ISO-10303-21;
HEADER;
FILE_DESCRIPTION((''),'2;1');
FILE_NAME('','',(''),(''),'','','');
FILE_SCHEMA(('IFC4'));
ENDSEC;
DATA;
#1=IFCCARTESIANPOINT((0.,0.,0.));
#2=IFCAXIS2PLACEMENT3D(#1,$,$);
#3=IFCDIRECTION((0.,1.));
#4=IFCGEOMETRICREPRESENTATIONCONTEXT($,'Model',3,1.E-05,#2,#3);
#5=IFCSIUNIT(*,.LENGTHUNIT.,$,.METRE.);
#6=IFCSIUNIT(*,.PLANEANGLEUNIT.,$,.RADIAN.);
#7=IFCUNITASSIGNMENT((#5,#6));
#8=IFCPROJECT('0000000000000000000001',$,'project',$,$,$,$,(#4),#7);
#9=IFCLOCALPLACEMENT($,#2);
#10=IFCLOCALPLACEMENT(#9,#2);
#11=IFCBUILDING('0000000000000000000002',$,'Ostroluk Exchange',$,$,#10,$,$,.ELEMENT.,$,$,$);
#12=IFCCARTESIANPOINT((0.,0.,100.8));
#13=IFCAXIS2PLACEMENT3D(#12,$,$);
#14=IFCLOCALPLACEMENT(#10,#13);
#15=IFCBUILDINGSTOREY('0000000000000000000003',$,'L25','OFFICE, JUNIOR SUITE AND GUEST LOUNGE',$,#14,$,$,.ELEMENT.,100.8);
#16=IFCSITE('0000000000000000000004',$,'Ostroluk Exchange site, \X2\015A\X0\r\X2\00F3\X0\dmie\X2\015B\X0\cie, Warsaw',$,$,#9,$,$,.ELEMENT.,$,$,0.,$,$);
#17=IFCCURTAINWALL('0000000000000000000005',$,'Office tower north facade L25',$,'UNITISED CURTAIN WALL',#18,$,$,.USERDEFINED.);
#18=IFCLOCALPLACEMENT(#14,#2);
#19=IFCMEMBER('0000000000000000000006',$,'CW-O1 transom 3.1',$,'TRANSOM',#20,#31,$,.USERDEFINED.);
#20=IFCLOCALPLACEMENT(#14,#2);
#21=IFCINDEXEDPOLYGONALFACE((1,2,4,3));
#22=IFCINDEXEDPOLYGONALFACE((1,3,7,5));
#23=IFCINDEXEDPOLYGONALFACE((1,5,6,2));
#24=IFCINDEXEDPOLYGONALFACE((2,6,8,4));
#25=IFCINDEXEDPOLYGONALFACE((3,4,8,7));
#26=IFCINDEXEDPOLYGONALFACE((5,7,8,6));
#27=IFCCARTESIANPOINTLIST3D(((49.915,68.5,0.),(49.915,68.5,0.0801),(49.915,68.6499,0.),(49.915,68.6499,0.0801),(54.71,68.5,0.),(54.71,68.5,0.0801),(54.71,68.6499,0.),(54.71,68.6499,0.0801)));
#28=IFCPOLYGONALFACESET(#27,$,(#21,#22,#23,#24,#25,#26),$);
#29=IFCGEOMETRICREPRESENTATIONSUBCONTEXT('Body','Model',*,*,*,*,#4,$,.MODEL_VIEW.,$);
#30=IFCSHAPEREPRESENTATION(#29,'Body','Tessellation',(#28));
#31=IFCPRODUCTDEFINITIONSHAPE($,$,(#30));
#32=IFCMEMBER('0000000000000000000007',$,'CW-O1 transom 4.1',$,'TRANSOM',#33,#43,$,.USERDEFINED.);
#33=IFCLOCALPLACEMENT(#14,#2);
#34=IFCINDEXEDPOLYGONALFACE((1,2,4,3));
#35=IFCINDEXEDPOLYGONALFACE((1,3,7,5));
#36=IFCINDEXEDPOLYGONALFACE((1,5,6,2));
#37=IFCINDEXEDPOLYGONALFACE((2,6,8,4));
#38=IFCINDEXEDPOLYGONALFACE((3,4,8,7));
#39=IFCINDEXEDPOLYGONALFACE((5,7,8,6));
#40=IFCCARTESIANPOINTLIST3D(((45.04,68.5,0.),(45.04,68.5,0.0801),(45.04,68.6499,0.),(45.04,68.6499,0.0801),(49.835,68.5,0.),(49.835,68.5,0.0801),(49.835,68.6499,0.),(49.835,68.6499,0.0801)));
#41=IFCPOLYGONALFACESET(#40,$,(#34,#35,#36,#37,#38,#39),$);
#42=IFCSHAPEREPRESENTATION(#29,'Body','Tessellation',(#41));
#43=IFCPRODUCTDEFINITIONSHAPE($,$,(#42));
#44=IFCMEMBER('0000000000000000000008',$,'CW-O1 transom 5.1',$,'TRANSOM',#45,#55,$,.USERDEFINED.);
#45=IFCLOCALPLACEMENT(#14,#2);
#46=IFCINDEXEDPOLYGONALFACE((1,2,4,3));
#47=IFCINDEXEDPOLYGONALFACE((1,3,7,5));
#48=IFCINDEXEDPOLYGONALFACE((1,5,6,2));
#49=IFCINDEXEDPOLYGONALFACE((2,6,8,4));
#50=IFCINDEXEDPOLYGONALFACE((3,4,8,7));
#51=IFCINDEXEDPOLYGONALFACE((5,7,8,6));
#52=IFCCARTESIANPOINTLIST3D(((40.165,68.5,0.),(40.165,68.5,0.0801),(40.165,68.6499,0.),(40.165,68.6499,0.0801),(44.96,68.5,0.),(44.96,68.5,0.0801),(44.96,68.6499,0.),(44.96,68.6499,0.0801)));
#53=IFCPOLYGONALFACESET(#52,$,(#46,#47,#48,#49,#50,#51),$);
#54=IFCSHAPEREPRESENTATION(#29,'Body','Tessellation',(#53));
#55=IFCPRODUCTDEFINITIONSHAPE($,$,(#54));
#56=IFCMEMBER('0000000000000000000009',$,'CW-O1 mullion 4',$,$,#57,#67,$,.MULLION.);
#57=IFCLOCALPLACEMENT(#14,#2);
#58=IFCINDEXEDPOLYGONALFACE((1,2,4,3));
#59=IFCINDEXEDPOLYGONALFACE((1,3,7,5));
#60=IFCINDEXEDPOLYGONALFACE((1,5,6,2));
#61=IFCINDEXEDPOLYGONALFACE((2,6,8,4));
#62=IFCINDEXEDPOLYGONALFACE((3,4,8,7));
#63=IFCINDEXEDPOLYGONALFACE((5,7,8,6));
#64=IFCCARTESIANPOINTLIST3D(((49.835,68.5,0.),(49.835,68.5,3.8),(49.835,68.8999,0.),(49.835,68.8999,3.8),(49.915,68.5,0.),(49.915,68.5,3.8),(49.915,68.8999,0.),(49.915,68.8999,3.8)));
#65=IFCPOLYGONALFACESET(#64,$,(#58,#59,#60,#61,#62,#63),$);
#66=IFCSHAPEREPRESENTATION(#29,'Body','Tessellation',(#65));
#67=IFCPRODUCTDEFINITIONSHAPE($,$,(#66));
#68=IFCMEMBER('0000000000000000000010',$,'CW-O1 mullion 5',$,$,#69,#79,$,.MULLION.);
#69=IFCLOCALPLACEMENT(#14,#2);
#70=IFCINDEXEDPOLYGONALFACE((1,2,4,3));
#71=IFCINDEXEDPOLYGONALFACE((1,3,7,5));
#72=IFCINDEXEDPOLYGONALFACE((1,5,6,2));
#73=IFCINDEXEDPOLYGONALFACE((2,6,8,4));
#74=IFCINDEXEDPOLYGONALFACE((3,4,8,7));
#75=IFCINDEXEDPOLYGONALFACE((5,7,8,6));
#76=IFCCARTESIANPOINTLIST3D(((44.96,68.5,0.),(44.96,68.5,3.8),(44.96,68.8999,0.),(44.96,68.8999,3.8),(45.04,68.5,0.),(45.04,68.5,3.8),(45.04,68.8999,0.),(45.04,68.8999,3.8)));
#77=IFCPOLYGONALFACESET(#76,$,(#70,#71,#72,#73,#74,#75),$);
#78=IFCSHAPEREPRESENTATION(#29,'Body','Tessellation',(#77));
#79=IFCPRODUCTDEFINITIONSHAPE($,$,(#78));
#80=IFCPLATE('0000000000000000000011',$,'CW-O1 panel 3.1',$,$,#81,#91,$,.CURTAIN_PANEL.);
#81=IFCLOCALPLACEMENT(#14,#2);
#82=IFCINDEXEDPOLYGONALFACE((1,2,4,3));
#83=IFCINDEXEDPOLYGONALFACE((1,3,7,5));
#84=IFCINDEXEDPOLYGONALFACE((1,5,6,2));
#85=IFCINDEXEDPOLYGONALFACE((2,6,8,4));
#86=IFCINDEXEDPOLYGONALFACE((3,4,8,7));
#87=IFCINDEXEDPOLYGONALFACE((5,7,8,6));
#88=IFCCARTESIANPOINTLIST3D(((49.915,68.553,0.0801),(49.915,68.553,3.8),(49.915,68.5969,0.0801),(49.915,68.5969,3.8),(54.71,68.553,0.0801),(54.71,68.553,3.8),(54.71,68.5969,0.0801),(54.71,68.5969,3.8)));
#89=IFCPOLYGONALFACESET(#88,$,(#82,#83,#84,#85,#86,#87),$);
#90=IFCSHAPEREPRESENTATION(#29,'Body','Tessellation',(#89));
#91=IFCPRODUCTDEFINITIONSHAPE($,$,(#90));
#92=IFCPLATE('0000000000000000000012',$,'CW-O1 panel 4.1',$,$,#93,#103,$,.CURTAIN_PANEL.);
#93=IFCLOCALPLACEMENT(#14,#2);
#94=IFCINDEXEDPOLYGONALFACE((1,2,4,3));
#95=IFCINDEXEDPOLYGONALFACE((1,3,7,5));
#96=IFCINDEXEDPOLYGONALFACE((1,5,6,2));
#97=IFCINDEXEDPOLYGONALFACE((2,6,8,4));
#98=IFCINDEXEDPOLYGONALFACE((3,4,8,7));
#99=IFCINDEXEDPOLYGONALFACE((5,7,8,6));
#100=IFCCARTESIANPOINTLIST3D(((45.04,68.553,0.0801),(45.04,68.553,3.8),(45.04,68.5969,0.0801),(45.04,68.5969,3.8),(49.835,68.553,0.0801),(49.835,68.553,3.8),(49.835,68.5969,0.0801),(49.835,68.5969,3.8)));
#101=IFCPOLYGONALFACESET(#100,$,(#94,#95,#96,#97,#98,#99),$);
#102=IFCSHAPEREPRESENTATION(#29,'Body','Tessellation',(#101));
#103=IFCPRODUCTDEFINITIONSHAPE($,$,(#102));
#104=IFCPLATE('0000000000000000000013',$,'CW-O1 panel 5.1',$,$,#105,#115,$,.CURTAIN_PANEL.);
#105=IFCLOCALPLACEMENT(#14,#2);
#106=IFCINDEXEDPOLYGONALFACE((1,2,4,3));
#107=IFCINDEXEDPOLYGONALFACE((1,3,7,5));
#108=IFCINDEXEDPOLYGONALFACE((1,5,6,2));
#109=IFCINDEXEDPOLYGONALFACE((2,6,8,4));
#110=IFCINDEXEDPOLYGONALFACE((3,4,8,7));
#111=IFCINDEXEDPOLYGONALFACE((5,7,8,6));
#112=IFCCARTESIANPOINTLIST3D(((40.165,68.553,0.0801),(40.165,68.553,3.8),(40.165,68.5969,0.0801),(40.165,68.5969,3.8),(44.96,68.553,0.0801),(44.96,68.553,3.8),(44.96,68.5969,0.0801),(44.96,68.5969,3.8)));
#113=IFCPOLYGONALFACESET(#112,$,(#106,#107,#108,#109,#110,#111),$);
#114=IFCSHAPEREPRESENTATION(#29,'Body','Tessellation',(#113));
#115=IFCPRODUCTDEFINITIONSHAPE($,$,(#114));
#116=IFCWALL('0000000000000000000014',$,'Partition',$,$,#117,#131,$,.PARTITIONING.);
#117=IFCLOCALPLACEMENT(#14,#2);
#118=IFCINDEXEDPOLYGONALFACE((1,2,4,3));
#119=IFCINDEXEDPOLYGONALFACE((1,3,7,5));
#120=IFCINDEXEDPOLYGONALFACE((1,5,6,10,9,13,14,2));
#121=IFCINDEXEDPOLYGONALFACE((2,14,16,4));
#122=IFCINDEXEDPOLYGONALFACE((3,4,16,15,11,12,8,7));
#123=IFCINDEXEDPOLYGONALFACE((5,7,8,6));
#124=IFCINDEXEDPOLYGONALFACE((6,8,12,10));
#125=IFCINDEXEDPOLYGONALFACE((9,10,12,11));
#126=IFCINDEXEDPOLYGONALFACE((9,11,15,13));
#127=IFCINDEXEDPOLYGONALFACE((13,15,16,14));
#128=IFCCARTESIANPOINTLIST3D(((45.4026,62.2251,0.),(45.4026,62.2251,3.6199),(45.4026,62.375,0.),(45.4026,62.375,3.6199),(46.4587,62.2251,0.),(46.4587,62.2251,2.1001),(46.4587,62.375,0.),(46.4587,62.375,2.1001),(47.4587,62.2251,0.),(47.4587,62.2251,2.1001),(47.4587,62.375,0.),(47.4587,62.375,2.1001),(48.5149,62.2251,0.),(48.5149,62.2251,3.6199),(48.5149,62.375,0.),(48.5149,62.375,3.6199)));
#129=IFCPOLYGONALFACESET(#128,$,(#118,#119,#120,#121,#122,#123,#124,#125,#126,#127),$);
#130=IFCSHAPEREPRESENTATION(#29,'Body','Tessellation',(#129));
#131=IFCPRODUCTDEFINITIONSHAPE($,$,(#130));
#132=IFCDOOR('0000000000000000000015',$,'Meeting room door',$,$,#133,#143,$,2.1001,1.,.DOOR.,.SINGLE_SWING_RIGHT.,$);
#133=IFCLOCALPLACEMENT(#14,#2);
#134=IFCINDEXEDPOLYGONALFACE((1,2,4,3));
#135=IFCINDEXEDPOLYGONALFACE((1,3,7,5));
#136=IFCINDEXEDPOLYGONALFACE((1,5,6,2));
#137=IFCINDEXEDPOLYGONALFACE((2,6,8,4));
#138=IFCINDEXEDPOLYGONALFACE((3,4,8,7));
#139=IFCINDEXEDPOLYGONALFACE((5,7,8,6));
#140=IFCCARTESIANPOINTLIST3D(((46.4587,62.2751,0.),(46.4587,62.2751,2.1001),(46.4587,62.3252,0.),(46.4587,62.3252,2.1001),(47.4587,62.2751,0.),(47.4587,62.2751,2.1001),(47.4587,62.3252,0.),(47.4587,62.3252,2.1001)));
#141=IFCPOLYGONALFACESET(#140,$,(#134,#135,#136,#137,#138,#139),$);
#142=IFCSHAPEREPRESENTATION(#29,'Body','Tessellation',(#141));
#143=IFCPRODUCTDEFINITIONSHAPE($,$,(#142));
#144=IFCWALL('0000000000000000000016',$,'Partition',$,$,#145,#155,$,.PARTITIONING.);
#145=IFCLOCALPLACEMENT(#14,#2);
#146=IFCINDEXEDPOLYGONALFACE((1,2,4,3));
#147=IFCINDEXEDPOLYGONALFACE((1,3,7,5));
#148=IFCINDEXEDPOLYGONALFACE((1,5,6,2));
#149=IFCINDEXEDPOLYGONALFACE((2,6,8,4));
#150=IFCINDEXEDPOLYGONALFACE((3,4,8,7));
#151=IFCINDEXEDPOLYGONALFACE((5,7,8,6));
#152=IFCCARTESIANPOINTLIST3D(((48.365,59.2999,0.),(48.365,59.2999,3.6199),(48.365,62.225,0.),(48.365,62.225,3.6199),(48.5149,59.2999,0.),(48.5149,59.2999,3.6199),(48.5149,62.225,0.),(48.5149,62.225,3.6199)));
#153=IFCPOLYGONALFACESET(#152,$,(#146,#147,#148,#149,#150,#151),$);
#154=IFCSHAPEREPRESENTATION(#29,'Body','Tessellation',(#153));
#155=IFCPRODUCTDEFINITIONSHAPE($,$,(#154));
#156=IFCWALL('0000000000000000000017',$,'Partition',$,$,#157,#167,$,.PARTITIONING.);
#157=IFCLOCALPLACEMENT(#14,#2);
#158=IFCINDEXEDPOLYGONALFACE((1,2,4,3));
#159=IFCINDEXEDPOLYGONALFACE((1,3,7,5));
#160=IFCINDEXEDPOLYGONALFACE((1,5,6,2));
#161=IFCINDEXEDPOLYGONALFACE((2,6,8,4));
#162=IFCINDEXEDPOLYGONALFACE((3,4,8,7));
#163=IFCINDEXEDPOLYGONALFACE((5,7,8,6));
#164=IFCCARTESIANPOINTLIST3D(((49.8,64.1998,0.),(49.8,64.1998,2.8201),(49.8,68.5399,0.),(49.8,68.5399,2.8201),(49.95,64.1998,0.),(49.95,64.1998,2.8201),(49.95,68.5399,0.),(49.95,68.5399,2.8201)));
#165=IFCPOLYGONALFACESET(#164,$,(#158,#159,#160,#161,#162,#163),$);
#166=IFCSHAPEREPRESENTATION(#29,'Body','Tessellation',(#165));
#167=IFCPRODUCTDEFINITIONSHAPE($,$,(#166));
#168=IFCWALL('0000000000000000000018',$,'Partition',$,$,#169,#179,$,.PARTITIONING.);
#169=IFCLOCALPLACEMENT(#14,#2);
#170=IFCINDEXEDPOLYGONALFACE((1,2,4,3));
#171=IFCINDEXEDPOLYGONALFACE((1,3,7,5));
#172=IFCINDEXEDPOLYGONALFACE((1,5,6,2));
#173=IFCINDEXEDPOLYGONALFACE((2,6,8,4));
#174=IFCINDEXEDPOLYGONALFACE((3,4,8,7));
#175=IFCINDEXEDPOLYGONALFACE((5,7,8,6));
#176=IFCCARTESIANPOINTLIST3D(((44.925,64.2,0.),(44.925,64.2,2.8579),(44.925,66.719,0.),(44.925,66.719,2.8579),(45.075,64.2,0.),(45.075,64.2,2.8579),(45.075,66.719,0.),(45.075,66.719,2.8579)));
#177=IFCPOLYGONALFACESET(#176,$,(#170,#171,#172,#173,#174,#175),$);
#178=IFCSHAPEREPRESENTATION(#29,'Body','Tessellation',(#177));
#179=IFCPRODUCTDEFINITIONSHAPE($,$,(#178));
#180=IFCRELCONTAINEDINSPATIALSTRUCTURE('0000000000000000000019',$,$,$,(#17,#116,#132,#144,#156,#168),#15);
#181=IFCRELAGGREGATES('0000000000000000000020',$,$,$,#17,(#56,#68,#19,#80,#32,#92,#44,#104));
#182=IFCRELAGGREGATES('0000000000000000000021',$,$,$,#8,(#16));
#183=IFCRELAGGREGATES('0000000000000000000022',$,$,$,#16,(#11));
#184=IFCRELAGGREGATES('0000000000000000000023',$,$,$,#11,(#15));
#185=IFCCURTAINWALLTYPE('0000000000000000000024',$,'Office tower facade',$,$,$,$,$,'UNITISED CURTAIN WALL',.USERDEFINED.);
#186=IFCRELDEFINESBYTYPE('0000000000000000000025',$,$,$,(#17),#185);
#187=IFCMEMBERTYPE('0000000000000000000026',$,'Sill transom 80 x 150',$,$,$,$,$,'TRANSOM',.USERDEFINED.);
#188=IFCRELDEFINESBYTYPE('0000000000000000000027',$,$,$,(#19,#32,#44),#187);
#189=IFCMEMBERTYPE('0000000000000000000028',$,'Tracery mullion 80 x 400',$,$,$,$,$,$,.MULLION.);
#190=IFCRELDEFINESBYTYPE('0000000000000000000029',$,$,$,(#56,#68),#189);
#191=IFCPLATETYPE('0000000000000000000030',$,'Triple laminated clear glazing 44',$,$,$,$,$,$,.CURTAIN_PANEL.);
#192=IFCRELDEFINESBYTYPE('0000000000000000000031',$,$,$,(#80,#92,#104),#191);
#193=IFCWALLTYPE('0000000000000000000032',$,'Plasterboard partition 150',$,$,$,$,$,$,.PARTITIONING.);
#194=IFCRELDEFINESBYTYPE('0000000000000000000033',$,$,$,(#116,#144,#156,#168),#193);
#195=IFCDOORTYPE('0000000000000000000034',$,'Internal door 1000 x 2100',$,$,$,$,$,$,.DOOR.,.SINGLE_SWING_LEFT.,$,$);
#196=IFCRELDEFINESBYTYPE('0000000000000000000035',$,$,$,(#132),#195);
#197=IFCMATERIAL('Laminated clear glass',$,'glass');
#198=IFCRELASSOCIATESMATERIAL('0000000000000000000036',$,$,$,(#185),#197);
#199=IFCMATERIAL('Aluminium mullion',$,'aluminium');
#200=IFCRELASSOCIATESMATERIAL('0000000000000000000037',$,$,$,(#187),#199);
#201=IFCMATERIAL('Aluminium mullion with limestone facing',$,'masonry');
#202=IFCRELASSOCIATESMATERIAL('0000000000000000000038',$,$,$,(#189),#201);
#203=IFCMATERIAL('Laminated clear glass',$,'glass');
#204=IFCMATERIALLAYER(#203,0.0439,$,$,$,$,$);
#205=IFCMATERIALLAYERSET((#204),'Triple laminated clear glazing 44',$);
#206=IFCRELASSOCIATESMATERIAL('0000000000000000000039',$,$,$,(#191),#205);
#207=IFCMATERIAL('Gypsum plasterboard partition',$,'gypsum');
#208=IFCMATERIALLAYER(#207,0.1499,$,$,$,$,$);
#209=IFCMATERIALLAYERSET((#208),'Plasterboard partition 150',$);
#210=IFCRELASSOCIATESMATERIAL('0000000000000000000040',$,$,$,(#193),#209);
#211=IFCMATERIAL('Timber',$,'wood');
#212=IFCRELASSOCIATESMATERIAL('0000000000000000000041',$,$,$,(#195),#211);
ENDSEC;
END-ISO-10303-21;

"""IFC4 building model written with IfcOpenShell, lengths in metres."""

from ifc_helpers import new_model, si_unit, direction, frame, frame_2d, origin, origin_2d, place, context, subcontext, project, spatial, rectangle, extrude, material, layer, layer_set, material_profile, profile_set, type_object, element, fill, aggregate, save


model = new_model("IFC4")

# Units and contexts
model_context = context("Model", 3, precision=1e-05, world=origin(), true_north=direction((0.0, 1.0)))
body_context = subcontext(model_context, "Body", "Model", "MODEL_VIEW")
ifc_project = project(units=[si_unit("LENGTHUNIT", "METRE"), si_unit("PLANEANGLEUNIT", "RADIAN")], contexts=[model_context])

# Site, building, storey
site_placement = place(None, origin())
site = spatial("IfcSite", under=ifc_project, at=site_placement, Name="Ostroluk Exchange site, Śródmieście, Warsaw", CompositionType="ELEMENT", RefElevation=0.0)
building_placement = place(site_placement, origin())
building = spatial("IfcBuilding", under=site, at=building_placement, Name="Ostroluk Exchange", CompositionType="ELEMENT")
storey_placement = place(building_placement, frame((0.0, 0.0, 100.8)))
storey = spatial("IfcBuildingStorey", under=building, at=storey_placement, Name="L25", Description="OFFICE, JUNIOR SUITE AND GUEST LOUNGE", CompositionType="ELEMENT", Elevation=100.8)

# Curtain wall, members, plates
ifc_material_1 = material(Name="Laminated clear glass", Category="glass")
curtain_wall_type = type_object("IfcCurtainWallType", Name="Office tower facade", ElementType="UNITISED CURTAIN WALL", PredefinedType="USERDEFINED", material=ifc_material_1)
curtain_wall_placement = place(storey_placement, origin())
curtain_wall = element("IfcCurtainWall", 1, at=curtain_wall_placement, inside=storey, type_object=curtain_wall_type, Name="Office tower north facade L25", ObjectType="UNITISED CURTAIN WALL", PredefinedType="USERDEFINED")
ifc_material_2 = material(Name="Aluminium mullion", Category="aluminium")
ifc_material_profile_1 = material_profile(ifc_material_2, rectangle(XDim=0.1499, YDim=0.0801, at=origin_2d()), Name="Sill transom 80 x 150")
ifc_profile_set_1 = profile_set([ifc_material_profile_1], Name="Aluminium mullion")
member_type_1 = type_object("IfcMemberType", Name="Sill transom 80 x 150", ElementType="TRANSOM", PredefinedType="USERDEFINED", material=ifc_profile_set_1)
member_1_placement = place(storey_placement, frame((54.71, 68.575, 0.04), z_axis=(-1.0, 0.0, 0.0), x_axis=(0.0, -1.0, 0.0)))
member_1 = element("IfcMember", 2, at=member_1_placement, type_object=member_type_1, Name="CW-O1 transom 3.1", ObjectType="TRANSOM", PredefinedType="USERDEFINED", context=body_context, shape_type="SweptSolid", body=[
    extrude(rectangle(XDim=0.1499, YDim=0.0801, at=origin_2d()), origin(), (0.0, 0.0, 1.0), 4.7949),
])
member_2_placement = place(storey_placement, frame((49.835, 68.575, 0.04), z_axis=(-1.0, 0.0, 0.0), x_axis=(0.0, -1.0, 0.0)))
member_2 = element("IfcMember", 3, at=member_2_placement, type_object=member_type_1, Name="CW-O1 transom 4.1", ObjectType="TRANSOM", PredefinedType="USERDEFINED", context=body_context, shape_type="SweptSolid", body=[
    extrude(rectangle(XDim=0.1499, YDim=0.0801, at=origin_2d()), origin(), (0.0, 0.0, 1.0), 4.7949),
])
member_3_placement = place(storey_placement, frame((44.96, 68.575, 0.04), z_axis=(-1.0, 0.0, 0.0), x_axis=(0.0, -1.0, 0.0)))
member_3 = element("IfcMember", 4, at=member_3_placement, type_object=member_type_1, Name="CW-O1 transom 5.1", ObjectType="TRANSOM", PredefinedType="USERDEFINED", context=body_context, shape_type="SweptSolid", body=[
    extrude(rectangle(XDim=0.1499, YDim=0.0801, at=origin_2d()), origin(), (0.0, 0.0, 1.0), 4.7949),
])
ifc_material_3 = material(Name="Aluminium mullion with limestone facing", Category="masonry")
ifc_material_profile_2 = material_profile(ifc_material_3, rectangle(XDim=0.3999, YDim=0.0801, at=origin_2d()), Name="Tracery mullion 80 x 400")
ifc_profile_set_2 = profile_set([ifc_material_profile_2], Name="Aluminium mullion with limestone facing")
member_type_2 = type_object("IfcMemberType", Name="Tracery mullion 80 x 400", PredefinedType="MULLION", material=ifc_profile_set_2)
member_4_placement = place(storey_placement, frame((49.875, 68.7, 0.0), z_axis=(0.0, 0.0, 1.0), x_axis=(0.0, -1.0, 0.0)))
member_4 = element("IfcMember", 5, at=member_4_placement, type_object=member_type_2, Name="CW-O1 mullion 4", PredefinedType="MULLION", context=body_context, shape_type="SweptSolid", body=[
    extrude(rectangle(XDim=0.3999, YDim=0.0801, at=origin_2d()), origin(), (0.0, 0.0, 1.0), 3.8),
])
member_5_placement = place(storey_placement, frame((45.0, 68.7, 0.0), z_axis=(0.0, 0.0, 1.0), x_axis=(0.0, -1.0, 0.0)))
member_5 = element("IfcMember", 6, at=member_5_placement, type_object=member_type_2, Name="CW-O1 mullion 5", PredefinedType="MULLION", context=body_context, shape_type="SweptSolid", body=[
    extrude(rectangle(XDim=0.3999, YDim=0.0801, at=origin_2d()), origin(), (0.0, 0.0, 1.0), 3.8),
])
ifc_material_4 = material(Name="Laminated clear glass", Category="glass")
ifc_layer_1 = layer(ifc_material_4, 0.0439)
ifc_layer_set_1 = layer_set([ifc_layer_1], Name="Triple laminated clear glazing 44")
plate_type = type_object("IfcPlateType", Name="Triple laminated clear glazing 44", PredefinedType="CURTAIN_PANEL", material=ifc_layer_set_1)
plate_1_placement = place(storey_placement, frame((52.3125, 68.575, 0.0801), z_axis=(0.0, 0.0, 1.0), x_axis=(-1.0, 0.0, 0.0)))
plate_1 = element("IfcPlate", 7, at=plate_1_placement, type_object=plate_type, Name="CW-O1 panel 3.1", PredefinedType="CURTAIN_PANEL", context=body_context, shape_type="SweptSolid", body=[
    extrude(rectangle(XDim=4.7949, YDim=0.0439, at=origin_2d()), origin(), (0.0, 0.0, 1.0), 3.72),
])
plate_2_placement = place(storey_placement, frame((47.4375, 68.575, 0.0801), z_axis=(0.0, 0.0, 1.0), x_axis=(-1.0, 0.0, 0.0)))
plate_2 = element("IfcPlate", 8, at=plate_2_placement, type_object=plate_type, Name="CW-O1 panel 4.1", PredefinedType="CURTAIN_PANEL", context=body_context, shape_type="SweptSolid", body=[
    extrude(rectangle(XDim=4.7949, YDim=0.0439, at=origin_2d()), origin(), (0.0, 0.0, 1.0), 3.72),
])
plate_3_placement = place(storey_placement, frame((42.5625, 68.575, 0.0801), z_axis=(0.0, 0.0, 1.0), x_axis=(-1.0, 0.0, 0.0)))
plate_3 = element("IfcPlate", 9, at=plate_3_placement, type_object=plate_type, Name="CW-O1 panel 5.1", PredefinedType="CURTAIN_PANEL", context=body_context, shape_type="SweptSolid", body=[
    extrude(rectangle(XDim=4.7949, YDim=0.0439, at=origin_2d()), origin(), (0.0, 0.0, 1.0), 3.72),
])
aggregate(curtain_wall, [member_4, member_5, member_1, plate_1, member_2, plate_2, member_3, plate_3])

# Wall, opening, door
ifc_material_5 = material(Name="Gypsum plasterboard partition", Category="gypsum")
ifc_layer_2 = layer(ifc_material_5, 0.1499)
ifc_layer_set_2 = layer_set([ifc_layer_2], Name="Plasterboard partition 150")
wall_type = type_object("IfcWallType", Name="Plasterboard partition 150", PredefinedType="PARTITIONING", material=ifc_layer_set_2)
wall_1_placement = place(storey_placement, frame((48.5149, 62.3, 0.0), z_axis=(0.0, 0.0, 1.0), x_axis=(-1.0, 0.0, 0.0)))
wall_1 = element("IfcWall", 10, at=wall_1_placement, inside=storey, type_object=wall_type, Name="Partition", PredefinedType="PARTITIONING", context=body_context, shape_type="SweptSolid", body=[
    extrude(rectangle(XDim=3.1123, YDim=0.1499, at=frame_2d((1.5562, 0.0))), origin(), (0.0, 0.0, 1.0), 3.6199),
])
opening_placement = place(wall_1_placement, frame((1.0562, 0.0, 0.0)))
opening = element("IfcOpeningElement", 11, at=opening_placement, cuts=wall_1, PredefinedType="OPENING", context=body_context, shape_type="SweptSolid", body=[
    extrude(rectangle(XDim=1.0, YDim=2.1001, at=frame_2d((0.5, 1.05))), frame((0.0, 0.085, 0.0), z_axis=(0.0, -1.0, 0.0), x_axis=(1.0, 0.0, 0.0)), (0.0, 0.0, 1.0), 0.1699),
])
ifc_material_6 = material(Name="Timber", Category="wood")
door_type = type_object("IfcDoorType", Name="Internal door 1000 x 2100", OperationType="SINGLE_SWING_LEFT", PredefinedType="DOOR", material=ifc_material_6)
door_placement = place(opening_placement, origin())
door = element("IfcDoor", 12, at=door_placement, inside=storey, type_object=door_type, Name="Meeting room door", OperationType="SINGLE_SWING_RIGHT", OverallHeight=2.1001, OverallWidth=1.0, PredefinedType="DOOR", context=body_context, shape_type="SweptSolid", body=[
    extrude(rectangle(XDim=1.0, YDim=2.1001, at=frame_2d((0.5, 1.05))), frame((0.0, 0.0249, 0.0), z_axis=(0.0, -1.0, 0.0), x_axis=(1.0, 0.0, 0.0)), (0.0, 0.0, 1.0), 0.05),
])
fill(opening, door)

# Walls
wall_2_placement = place(storey_placement, frame((48.4399, 59.3, 0.0), z_axis=(0.0, 0.0, 1.0), x_axis=(0.0, 1.0, 0.0)))
element("IfcWall", 13, at=wall_2_placement, inside=storey, type_object=wall_type, Name="Partition", PredefinedType="PARTITIONING", context=body_context, shape_type="SweptSolid", body=[
    extrude(rectangle(XDim=2.925, YDim=0.1499, at=frame_2d((1.4624, 0.0))), origin(), (0.0, 0.0, 1.0), 3.6199),
])
wall_3_placement = place(storey_placement, frame((49.875, 64.2, 0.0), z_axis=(0.0, 0.0, 1.0), x_axis=(0.0, 1.0, 0.0)))
element("IfcWall", 14, at=wall_3_placement, inside=storey, type_object=wall_type, Name="Partition", PredefinedType="PARTITIONING", context=body_context, shape_type="SweptSolid", body=[
    extrude(rectangle(XDim=4.3401, YDim=0.1499, at=frame_2d((2.1699, 0.0))), origin(), (0.0, 0.0, 1.0), 2.8201),
])
wall_4_placement = place(storey_placement, frame((45.0, 64.2, 0.0), z_axis=(0.0, 0.0, 1.0), x_axis=(0.0, 1.0, 0.0)))
element("IfcWall", 15, at=wall_4_placement, inside=storey, type_object=wall_type, Name="Partition", PredefinedType="PARTITIONING", context=body_context, shape_type="SweptSolid", body=[
    extrude(rectangle(XDim=2.519, YDim=0.1499, at=frame_2d((1.2595, 0.0))), origin(), (0.0, 0.0, 1.0), 2.8579),
])

save(model, "model.ifc")
